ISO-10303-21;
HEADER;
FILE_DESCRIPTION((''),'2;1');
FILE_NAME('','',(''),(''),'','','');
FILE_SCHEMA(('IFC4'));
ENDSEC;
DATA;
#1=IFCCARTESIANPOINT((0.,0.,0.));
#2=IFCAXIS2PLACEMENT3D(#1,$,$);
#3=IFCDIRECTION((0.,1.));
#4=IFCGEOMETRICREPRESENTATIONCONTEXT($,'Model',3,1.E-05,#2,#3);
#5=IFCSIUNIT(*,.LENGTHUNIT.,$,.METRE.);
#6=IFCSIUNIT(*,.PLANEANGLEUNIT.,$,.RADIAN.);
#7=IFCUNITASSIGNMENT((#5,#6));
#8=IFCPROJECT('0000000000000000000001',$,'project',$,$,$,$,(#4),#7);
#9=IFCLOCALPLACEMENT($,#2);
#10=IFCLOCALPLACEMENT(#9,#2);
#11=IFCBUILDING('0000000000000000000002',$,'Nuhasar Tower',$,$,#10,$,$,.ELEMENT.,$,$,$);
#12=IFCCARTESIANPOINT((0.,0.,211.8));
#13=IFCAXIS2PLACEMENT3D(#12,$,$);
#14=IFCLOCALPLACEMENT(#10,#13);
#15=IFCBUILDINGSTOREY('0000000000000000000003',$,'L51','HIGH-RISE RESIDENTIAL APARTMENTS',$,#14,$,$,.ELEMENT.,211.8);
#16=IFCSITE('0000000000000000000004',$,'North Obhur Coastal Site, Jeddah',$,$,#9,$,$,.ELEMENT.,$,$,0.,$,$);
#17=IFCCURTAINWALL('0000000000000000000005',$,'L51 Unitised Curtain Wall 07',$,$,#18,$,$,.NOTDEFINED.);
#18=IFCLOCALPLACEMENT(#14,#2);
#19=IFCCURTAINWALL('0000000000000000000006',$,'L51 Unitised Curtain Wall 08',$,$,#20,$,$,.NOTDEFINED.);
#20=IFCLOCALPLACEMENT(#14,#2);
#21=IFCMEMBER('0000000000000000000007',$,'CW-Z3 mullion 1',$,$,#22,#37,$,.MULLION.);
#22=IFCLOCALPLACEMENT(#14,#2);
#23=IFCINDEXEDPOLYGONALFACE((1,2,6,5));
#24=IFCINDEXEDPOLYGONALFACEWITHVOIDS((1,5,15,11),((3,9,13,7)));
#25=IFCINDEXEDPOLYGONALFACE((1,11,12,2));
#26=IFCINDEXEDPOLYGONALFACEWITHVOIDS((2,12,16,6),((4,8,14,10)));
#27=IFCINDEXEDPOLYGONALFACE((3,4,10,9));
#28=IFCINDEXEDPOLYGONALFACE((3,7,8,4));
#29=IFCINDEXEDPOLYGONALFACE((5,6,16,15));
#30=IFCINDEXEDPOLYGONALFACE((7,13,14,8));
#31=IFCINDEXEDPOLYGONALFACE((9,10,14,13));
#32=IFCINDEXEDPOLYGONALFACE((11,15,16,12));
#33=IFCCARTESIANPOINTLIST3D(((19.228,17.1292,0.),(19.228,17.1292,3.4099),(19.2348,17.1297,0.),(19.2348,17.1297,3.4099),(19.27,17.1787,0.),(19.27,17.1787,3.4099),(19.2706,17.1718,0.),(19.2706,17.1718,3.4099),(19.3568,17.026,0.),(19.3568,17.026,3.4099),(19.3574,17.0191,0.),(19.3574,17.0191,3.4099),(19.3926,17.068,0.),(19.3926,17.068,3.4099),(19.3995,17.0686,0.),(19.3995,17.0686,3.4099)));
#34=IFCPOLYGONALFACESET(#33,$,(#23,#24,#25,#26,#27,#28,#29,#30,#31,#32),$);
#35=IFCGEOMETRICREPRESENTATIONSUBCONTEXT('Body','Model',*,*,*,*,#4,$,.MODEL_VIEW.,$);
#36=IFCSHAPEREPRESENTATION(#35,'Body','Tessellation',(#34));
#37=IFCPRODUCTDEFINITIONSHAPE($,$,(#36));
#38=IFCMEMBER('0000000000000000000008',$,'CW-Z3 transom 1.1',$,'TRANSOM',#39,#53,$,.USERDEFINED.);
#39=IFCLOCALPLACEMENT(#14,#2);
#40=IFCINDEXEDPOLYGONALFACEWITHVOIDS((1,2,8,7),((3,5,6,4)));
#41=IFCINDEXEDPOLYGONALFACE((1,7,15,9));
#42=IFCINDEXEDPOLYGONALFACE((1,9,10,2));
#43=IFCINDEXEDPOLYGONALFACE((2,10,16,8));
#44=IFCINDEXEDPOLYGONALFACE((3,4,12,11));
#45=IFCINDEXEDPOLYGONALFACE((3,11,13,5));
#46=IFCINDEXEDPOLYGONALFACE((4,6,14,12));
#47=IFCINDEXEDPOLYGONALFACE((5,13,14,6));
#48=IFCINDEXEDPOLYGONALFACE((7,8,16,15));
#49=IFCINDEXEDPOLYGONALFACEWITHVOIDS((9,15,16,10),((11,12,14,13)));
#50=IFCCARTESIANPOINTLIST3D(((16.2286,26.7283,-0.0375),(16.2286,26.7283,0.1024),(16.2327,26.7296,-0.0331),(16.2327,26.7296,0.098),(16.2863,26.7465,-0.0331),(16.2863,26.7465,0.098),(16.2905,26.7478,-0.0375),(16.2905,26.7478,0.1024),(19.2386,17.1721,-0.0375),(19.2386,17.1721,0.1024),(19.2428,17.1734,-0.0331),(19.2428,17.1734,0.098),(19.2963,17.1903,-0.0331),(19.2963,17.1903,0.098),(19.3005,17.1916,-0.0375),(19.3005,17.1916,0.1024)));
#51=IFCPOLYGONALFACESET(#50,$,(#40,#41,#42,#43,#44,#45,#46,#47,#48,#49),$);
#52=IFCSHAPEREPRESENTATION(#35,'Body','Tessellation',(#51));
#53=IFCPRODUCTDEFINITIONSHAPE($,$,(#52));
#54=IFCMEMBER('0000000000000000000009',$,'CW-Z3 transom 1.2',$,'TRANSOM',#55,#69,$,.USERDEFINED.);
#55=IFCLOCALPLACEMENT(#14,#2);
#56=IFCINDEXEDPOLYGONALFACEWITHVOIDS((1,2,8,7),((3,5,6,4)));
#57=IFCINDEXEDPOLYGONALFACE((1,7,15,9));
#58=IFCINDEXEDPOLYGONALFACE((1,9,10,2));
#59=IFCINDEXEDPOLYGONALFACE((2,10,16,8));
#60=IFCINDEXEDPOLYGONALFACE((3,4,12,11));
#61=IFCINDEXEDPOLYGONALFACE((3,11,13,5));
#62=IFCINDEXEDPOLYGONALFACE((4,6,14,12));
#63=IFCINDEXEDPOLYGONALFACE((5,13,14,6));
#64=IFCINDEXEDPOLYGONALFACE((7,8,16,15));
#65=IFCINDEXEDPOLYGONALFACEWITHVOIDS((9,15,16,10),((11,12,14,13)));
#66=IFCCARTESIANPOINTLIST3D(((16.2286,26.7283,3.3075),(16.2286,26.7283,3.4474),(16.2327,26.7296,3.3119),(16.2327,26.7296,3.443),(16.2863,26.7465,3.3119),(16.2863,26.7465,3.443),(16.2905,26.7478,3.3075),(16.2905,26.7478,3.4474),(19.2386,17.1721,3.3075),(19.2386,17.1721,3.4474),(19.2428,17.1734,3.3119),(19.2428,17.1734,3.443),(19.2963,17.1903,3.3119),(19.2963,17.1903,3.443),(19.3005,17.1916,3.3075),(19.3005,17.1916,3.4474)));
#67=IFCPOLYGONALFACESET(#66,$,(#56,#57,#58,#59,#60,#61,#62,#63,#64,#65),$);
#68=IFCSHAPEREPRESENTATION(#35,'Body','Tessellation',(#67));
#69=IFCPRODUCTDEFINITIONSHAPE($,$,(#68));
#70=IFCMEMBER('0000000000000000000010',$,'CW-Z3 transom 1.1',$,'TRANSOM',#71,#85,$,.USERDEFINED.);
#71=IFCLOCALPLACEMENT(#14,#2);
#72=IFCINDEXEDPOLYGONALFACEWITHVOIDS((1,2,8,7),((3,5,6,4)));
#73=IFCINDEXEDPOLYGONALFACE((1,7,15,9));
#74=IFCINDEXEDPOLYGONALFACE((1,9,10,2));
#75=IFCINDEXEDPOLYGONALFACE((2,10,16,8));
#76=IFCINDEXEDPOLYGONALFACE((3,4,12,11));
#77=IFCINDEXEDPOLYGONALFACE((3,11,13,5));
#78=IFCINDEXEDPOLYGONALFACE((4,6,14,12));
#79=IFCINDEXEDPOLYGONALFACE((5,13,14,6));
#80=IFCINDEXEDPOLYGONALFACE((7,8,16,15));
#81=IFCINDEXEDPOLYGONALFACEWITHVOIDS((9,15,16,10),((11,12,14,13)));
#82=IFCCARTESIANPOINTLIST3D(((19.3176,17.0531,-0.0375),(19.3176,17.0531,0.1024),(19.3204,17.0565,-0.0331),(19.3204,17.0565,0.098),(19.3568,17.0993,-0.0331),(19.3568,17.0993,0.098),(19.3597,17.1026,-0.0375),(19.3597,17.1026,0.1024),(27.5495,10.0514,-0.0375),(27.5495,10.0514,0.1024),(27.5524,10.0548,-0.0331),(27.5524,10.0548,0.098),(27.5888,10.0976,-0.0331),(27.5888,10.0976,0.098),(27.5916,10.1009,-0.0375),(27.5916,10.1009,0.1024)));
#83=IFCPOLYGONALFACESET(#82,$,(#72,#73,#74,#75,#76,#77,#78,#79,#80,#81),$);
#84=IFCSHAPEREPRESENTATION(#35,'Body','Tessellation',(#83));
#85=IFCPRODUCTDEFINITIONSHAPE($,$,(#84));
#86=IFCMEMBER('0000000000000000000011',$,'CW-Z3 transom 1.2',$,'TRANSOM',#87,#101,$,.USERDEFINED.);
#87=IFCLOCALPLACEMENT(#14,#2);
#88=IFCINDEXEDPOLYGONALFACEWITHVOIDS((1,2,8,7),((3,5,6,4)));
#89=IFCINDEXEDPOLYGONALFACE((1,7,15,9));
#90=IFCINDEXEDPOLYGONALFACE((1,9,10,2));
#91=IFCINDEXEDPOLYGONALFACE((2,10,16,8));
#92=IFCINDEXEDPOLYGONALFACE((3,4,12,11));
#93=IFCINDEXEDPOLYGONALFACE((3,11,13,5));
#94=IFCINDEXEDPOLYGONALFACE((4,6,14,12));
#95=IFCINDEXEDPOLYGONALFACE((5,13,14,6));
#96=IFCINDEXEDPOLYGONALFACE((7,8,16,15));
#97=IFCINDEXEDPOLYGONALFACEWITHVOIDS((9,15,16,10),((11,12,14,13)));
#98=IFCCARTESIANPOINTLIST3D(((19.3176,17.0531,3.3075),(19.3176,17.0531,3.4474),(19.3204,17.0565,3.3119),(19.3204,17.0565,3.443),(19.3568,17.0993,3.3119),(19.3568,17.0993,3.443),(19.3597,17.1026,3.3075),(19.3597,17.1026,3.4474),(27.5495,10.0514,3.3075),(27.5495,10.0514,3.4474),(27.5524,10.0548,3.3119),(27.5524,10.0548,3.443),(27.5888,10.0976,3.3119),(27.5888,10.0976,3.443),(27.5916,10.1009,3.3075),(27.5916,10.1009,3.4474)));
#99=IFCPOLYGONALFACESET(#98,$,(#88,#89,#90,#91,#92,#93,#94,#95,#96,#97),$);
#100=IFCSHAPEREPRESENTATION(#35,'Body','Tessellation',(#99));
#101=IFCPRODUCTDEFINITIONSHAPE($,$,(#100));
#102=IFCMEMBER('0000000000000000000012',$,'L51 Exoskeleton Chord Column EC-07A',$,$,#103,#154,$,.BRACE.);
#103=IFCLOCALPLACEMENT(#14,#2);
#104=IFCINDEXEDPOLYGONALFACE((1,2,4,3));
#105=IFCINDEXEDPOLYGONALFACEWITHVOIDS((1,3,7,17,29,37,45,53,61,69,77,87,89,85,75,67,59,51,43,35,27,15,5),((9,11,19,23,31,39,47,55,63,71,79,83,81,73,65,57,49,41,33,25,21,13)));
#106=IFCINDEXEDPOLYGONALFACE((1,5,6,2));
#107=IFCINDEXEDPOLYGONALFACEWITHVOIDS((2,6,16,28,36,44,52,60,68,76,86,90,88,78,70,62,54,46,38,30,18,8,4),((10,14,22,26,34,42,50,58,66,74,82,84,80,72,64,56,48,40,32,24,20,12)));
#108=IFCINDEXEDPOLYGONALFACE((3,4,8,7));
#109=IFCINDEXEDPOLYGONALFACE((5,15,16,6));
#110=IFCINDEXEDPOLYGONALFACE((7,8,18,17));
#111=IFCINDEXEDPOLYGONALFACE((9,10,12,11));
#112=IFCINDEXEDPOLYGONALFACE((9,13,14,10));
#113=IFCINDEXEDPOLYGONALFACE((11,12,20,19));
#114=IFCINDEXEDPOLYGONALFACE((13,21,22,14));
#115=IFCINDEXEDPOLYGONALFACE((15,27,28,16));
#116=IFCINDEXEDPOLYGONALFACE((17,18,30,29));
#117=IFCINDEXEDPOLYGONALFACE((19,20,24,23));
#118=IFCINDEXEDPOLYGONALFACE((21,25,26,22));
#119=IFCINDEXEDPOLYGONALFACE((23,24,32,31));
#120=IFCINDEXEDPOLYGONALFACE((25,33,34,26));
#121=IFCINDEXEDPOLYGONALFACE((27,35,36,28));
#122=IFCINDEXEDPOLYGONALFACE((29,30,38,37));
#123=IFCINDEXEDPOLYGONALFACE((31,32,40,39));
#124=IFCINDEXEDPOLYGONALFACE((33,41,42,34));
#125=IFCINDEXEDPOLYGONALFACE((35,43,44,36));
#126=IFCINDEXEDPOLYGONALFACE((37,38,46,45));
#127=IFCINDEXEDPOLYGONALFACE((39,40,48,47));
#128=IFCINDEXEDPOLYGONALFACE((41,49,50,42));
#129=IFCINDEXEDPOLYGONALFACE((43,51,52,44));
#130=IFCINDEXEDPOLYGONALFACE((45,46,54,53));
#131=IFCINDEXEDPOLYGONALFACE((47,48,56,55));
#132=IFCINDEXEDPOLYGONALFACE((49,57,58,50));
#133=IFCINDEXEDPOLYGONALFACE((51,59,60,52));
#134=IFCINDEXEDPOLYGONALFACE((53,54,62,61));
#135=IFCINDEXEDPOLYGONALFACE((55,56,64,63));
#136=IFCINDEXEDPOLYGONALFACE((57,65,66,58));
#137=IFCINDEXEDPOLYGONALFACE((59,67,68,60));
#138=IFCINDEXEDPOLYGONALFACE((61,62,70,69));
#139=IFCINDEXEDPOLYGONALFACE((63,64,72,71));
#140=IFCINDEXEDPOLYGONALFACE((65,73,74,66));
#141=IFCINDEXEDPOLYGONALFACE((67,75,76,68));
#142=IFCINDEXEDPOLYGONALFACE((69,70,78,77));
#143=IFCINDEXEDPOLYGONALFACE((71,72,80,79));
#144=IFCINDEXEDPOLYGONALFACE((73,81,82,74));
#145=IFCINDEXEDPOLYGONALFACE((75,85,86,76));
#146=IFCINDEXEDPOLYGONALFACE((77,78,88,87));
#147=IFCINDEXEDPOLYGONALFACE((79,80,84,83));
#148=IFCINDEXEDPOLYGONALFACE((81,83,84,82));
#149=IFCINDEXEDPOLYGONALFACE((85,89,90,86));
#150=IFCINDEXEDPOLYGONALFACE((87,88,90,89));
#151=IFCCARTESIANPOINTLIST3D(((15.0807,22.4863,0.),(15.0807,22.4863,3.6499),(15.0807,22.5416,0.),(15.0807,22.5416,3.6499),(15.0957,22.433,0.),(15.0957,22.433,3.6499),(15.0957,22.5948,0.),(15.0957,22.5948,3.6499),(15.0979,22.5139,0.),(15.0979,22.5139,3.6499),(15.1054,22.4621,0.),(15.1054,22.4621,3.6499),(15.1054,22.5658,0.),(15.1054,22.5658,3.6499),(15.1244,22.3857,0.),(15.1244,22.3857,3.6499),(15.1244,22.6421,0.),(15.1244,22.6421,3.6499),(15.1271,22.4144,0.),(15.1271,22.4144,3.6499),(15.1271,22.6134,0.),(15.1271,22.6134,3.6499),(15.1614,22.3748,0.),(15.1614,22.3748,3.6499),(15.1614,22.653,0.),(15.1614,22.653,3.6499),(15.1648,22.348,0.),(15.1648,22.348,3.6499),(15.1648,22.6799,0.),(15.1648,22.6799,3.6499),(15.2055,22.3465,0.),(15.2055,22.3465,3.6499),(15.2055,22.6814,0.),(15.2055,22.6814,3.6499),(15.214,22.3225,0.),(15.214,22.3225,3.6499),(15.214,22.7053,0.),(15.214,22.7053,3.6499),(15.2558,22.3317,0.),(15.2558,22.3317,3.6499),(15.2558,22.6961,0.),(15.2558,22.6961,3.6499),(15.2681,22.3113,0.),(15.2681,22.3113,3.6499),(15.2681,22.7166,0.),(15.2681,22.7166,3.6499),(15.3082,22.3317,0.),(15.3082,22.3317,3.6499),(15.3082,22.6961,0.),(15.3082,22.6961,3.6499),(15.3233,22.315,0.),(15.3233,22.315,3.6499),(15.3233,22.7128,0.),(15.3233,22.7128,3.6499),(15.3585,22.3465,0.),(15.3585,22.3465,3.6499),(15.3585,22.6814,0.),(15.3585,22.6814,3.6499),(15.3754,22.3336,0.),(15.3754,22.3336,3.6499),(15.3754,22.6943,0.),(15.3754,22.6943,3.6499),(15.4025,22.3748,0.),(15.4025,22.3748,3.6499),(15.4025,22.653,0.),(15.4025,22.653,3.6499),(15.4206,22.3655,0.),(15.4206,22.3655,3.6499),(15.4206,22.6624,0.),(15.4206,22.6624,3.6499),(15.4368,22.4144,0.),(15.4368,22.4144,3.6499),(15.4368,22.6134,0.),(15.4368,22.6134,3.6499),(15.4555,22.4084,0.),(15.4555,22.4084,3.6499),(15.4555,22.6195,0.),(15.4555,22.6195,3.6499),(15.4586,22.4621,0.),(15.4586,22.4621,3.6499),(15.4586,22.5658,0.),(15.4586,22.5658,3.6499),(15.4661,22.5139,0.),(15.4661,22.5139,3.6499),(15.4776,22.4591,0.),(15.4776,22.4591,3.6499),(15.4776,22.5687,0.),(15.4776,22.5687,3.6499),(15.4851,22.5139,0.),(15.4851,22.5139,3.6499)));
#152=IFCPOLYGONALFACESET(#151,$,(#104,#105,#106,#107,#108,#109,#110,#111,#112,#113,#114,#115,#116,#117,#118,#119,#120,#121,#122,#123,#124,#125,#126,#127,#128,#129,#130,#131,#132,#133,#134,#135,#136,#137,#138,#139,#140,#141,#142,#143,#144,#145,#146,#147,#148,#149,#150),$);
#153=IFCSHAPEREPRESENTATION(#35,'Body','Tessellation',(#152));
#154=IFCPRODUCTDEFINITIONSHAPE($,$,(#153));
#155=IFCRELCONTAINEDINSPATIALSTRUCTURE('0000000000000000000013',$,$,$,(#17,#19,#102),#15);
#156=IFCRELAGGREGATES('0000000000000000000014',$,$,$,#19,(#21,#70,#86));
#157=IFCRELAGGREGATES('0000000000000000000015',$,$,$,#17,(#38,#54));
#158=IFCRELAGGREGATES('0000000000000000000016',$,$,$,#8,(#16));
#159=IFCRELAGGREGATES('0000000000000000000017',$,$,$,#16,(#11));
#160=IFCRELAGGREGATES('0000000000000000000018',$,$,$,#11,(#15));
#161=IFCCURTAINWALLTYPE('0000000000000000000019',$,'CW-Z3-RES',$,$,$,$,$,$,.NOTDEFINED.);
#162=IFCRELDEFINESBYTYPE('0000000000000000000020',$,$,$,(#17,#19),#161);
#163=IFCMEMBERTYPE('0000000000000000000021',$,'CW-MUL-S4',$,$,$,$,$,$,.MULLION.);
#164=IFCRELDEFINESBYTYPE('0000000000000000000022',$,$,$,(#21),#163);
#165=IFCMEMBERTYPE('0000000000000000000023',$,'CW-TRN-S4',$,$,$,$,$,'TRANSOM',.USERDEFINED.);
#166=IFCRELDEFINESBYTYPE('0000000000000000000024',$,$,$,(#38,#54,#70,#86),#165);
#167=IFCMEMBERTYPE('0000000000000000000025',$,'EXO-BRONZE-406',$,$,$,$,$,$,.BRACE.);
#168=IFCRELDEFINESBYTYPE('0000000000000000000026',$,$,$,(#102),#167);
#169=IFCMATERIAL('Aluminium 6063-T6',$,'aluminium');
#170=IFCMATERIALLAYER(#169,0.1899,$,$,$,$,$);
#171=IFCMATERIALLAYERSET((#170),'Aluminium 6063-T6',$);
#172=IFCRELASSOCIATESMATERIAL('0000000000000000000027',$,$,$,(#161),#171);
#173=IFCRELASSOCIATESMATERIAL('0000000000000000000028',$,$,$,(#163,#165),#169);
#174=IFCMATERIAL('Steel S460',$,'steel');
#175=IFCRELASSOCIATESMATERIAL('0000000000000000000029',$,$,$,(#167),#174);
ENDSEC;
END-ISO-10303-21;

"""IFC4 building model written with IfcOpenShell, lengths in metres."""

from ifc_helpers import new_model, si_unit, direction, frame, origin, origin_2d, place, context, subcontext, project, spatial, hollow_rectangle, hollow_circle, extrude, material, layer, layer_set, material_profile, profile_set, type_object, element, aggregate, save


model = new_model("IFC4")

# Units and contexts
model_context = context("Model", 3, precision=1e-05, world=origin(), true_north=direction((0.0, 1.0)))
body_context = subcontext(model_context, "Body", "Model", "MODEL_VIEW")
ifc_project = project(units=[si_unit("LENGTHUNIT", "METRE"), si_unit("PLANEANGLEUNIT", "RADIAN")], contexts=[model_context])

# Site, building, storey
site_placement = place(None, origin())
site = spatial("IfcSite", under=ifc_project, at=site_placement, Name="North Obhur Coastal Site, Jeddah", CompositionType="ELEMENT", RefElevation=0.0)
building_placement = place(site_placement, origin())
building = spatial("IfcBuilding", under=site, at=building_placement, Name="Nuhasar Tower", CompositionType="ELEMENT")
storey_placement = place(building_placement, frame((0.0, 0.0, 211.8)))
storey = spatial("IfcBuildingStorey", under=building, at=storey_placement, Name="L51", Description="HIGH-RISE RESIDENTIAL APARTMENTS", CompositionType="ELEMENT", Elevation=211.8)

# Curtain wall
ifc_material_1 = material(Name="Aluminium 6063-T6", Category="aluminium")
ifc_layer_1 = layer(ifc_material_1, 0.1899)
ifc_layer_set_1 = layer_set([ifc_layer_1], Name="Aluminium 6063-T6")
curtain_wall_type = type_object("IfcCurtainWallType", Name="CW-Z3-RES", PredefinedType="NOTDEFINED", material=ifc_layer_set_1)
curtain_wall_1_placement = place(storey_placement, origin())
curtain_wall_1 = element("IfcCurtainWall", 1, at=curtain_wall_1_placement, inside=storey, type_object=curtain_wall_type, Name="L51 Unitised Curtain Wall 07", PredefinedType="NOTDEFINED")
ifc_material_profile_1 = material_profile(ifc_material_1, hollow_rectangle(XDim=0.0649, YDim=0.1699, WallThickness=0.0049, at=origin_2d()), Name="CWM-4")
ifc_profile_set_1 = profile_set([ifc_material_profile_1], Name="Aluminium 6063-T6")
member_type_1 = type_object("IfcMemberType", Name="CW-MUL-S4", PredefinedType="MULLION", material=ifc_profile_set_1)

# Curtain wall, member
curtain_wall_2_placement = place(storey_placement, origin())
curtain_wall_2 = element("IfcCurtainWall", 2, at=curtain_wall_2_placement, inside=storey, type_object=curtain_wall_type, Name="L51 Unitised Curtain Wall 08", PredefinedType="NOTDEFINED")
member_1_placement = place(storey_placement, frame((19.3137, 17.0989, 0.0), z_axis=(0.0, 0.0, 1.0), x_axis=(0.647895, 0.761729, 0.0)))
member_1 = element("IfcMember", 3, at=member_1_placement, type_object=member_type_1, Name="CW-Z3 mullion 1", PredefinedType="MULLION", context=body_context, shape_type="SweptSolid", body=[
    extrude(hollow_rectangle(XDim=0.0649, YDim=0.1699, WallThickness=0.0049, at=origin_2d()), origin(), (0.0, 0.0, 1.0), 3.4099),
])

# Members
ifc_material_profile_2 = material_profile(ifc_material_1, hollow_rectangle(XDim=0.0649, YDim=0.1399, WallThickness=0.0044, at=origin_2d()), Name="CWT-4")
ifc_profile_set_2 = profile_set([ifc_material_profile_2], Name="Aluminium 6063-T6")
member_type_2 = type_object("IfcMemberType", Name="CW-TRN-S4", ElementType="TRANSOM", PredefinedType="USERDEFINED", material=ifc_profile_set_2)
member_2_placement = place(storey_placement, frame((16.2595, 26.738, 0.0325), z_axis=(0.30043, -0.953804, 0.0), x_axis=(0.953804, 0.30043, 0.0)))
member_2 = element("IfcMember", 4, at=member_2_placement, type_object=member_type_2, Name="CW-Z3 transom 1.1", ObjectType="TRANSOM", PredefinedType="USERDEFINED", context=body_context, shape_type="SweptSolid", body=[
    extrude(hollow_rectangle(XDim=0.0649, YDim=0.1399, WallThickness=0.0044, at=origin_2d()), origin(), (0.0, 0.0, 1.0), 10.019),
])
member_3_placement = place(storey_placement, frame((16.2595, 26.738, 3.3774), z_axis=(0.30043, -0.953804, 0.0), x_axis=(0.953804, 0.30043, 0.0)))
member_3 = element("IfcMember", 5, at=member_3_placement, type_object=member_type_2, Name="CW-Z3 transom 1.2", ObjectType="TRANSOM", PredefinedType="USERDEFINED", context=body_context, shape_type="SweptSolid", body=[
    extrude(hollow_rectangle(XDim=0.0649, YDim=0.1399, WallThickness=0.0044, at=origin_2d()), origin(), (0.0, 0.0, 1.0), 10.019),
])
member_4_placement = place(storey_placement, frame((19.3386, 17.0779, 0.0325), z_axis=(0.761731, -0.647894, 0.0), x_axis=(0.647894, 0.761731, 0.0)))
member_4 = element("IfcMember", 6, at=member_4_placement, type_object=member_type_2, Name="CW-Z3 transom 1.1", ObjectType="TRANSOM", PredefinedType="USERDEFINED", context=body_context, shape_type="SweptSolid", body=[
    extrude(hollow_rectangle(XDim=0.0649, YDim=0.1399, WallThickness=0.0044, at=origin_2d()), origin(), (0.0, 0.0, 1.0), 10.8069),
])
member_5_placement = place(storey_placement, frame((19.3386, 17.0779, 3.3774), z_axis=(0.761731, -0.647894, 0.0), x_axis=(0.647894, 0.761731, 0.0)))
member_5 = element("IfcMember", 7, at=member_5_placement, type_object=member_type_2, Name="CW-Z3 transom 1.2", ObjectType="TRANSOM", PredefinedType="USERDEFINED", context=body_context, shape_type="SweptSolid", body=[
    extrude(hollow_rectangle(XDim=0.0649, YDim=0.1399, WallThickness=0.0044, at=origin_2d()), origin(), (0.0, 0.0, 1.0), 10.8069),
])
aggregate(curtain_wall_2, [member_1, member_4, member_5])

# Member
ifc_material_2 = material(Name="Steel S460", Category="steel")
ifc_material_profile_3 = material_profile(ifc_material_2, hollow_circle(Radius=0.2031, WallThickness=0.019, at=origin_2d()), Name="HSS406.4X19.1")
ifc_profile_set_3 = profile_set([ifc_material_profile_3], Name="Steel S460")
member_type_3 = type_object("IfcMemberType", Name="EXO-BRONZE-406", PredefinedType="BRACE", material=ifc_profile_set_3)
for number, where, z_axis, x_axis, name in (
    (8, (15.282, 22.5139, 0.0), (0.0, 0.0, 1.0), (1.0, 0.0, 0.0), "L51 Exoskeleton Chord Column EC-07A"),
):
    element("IfcMember", number, at=place(storey_placement, frame(where, z_axis=z_axis, x_axis=x_axis)), inside=storey, type_object=member_type_3, Name=name, PredefinedType="BRACE", context=body_context, shape_type="SweptSolid", body=[
        extrude(hollow_circle(Radius=0.2031, WallThickness=0.019, at=origin_2d()), origin(), (0.0, 0.0, 1.0), 3.6499),
    ])

aggregate(curtain_wall_1, [member_2, member_3])

save(model, "model.ifc")
